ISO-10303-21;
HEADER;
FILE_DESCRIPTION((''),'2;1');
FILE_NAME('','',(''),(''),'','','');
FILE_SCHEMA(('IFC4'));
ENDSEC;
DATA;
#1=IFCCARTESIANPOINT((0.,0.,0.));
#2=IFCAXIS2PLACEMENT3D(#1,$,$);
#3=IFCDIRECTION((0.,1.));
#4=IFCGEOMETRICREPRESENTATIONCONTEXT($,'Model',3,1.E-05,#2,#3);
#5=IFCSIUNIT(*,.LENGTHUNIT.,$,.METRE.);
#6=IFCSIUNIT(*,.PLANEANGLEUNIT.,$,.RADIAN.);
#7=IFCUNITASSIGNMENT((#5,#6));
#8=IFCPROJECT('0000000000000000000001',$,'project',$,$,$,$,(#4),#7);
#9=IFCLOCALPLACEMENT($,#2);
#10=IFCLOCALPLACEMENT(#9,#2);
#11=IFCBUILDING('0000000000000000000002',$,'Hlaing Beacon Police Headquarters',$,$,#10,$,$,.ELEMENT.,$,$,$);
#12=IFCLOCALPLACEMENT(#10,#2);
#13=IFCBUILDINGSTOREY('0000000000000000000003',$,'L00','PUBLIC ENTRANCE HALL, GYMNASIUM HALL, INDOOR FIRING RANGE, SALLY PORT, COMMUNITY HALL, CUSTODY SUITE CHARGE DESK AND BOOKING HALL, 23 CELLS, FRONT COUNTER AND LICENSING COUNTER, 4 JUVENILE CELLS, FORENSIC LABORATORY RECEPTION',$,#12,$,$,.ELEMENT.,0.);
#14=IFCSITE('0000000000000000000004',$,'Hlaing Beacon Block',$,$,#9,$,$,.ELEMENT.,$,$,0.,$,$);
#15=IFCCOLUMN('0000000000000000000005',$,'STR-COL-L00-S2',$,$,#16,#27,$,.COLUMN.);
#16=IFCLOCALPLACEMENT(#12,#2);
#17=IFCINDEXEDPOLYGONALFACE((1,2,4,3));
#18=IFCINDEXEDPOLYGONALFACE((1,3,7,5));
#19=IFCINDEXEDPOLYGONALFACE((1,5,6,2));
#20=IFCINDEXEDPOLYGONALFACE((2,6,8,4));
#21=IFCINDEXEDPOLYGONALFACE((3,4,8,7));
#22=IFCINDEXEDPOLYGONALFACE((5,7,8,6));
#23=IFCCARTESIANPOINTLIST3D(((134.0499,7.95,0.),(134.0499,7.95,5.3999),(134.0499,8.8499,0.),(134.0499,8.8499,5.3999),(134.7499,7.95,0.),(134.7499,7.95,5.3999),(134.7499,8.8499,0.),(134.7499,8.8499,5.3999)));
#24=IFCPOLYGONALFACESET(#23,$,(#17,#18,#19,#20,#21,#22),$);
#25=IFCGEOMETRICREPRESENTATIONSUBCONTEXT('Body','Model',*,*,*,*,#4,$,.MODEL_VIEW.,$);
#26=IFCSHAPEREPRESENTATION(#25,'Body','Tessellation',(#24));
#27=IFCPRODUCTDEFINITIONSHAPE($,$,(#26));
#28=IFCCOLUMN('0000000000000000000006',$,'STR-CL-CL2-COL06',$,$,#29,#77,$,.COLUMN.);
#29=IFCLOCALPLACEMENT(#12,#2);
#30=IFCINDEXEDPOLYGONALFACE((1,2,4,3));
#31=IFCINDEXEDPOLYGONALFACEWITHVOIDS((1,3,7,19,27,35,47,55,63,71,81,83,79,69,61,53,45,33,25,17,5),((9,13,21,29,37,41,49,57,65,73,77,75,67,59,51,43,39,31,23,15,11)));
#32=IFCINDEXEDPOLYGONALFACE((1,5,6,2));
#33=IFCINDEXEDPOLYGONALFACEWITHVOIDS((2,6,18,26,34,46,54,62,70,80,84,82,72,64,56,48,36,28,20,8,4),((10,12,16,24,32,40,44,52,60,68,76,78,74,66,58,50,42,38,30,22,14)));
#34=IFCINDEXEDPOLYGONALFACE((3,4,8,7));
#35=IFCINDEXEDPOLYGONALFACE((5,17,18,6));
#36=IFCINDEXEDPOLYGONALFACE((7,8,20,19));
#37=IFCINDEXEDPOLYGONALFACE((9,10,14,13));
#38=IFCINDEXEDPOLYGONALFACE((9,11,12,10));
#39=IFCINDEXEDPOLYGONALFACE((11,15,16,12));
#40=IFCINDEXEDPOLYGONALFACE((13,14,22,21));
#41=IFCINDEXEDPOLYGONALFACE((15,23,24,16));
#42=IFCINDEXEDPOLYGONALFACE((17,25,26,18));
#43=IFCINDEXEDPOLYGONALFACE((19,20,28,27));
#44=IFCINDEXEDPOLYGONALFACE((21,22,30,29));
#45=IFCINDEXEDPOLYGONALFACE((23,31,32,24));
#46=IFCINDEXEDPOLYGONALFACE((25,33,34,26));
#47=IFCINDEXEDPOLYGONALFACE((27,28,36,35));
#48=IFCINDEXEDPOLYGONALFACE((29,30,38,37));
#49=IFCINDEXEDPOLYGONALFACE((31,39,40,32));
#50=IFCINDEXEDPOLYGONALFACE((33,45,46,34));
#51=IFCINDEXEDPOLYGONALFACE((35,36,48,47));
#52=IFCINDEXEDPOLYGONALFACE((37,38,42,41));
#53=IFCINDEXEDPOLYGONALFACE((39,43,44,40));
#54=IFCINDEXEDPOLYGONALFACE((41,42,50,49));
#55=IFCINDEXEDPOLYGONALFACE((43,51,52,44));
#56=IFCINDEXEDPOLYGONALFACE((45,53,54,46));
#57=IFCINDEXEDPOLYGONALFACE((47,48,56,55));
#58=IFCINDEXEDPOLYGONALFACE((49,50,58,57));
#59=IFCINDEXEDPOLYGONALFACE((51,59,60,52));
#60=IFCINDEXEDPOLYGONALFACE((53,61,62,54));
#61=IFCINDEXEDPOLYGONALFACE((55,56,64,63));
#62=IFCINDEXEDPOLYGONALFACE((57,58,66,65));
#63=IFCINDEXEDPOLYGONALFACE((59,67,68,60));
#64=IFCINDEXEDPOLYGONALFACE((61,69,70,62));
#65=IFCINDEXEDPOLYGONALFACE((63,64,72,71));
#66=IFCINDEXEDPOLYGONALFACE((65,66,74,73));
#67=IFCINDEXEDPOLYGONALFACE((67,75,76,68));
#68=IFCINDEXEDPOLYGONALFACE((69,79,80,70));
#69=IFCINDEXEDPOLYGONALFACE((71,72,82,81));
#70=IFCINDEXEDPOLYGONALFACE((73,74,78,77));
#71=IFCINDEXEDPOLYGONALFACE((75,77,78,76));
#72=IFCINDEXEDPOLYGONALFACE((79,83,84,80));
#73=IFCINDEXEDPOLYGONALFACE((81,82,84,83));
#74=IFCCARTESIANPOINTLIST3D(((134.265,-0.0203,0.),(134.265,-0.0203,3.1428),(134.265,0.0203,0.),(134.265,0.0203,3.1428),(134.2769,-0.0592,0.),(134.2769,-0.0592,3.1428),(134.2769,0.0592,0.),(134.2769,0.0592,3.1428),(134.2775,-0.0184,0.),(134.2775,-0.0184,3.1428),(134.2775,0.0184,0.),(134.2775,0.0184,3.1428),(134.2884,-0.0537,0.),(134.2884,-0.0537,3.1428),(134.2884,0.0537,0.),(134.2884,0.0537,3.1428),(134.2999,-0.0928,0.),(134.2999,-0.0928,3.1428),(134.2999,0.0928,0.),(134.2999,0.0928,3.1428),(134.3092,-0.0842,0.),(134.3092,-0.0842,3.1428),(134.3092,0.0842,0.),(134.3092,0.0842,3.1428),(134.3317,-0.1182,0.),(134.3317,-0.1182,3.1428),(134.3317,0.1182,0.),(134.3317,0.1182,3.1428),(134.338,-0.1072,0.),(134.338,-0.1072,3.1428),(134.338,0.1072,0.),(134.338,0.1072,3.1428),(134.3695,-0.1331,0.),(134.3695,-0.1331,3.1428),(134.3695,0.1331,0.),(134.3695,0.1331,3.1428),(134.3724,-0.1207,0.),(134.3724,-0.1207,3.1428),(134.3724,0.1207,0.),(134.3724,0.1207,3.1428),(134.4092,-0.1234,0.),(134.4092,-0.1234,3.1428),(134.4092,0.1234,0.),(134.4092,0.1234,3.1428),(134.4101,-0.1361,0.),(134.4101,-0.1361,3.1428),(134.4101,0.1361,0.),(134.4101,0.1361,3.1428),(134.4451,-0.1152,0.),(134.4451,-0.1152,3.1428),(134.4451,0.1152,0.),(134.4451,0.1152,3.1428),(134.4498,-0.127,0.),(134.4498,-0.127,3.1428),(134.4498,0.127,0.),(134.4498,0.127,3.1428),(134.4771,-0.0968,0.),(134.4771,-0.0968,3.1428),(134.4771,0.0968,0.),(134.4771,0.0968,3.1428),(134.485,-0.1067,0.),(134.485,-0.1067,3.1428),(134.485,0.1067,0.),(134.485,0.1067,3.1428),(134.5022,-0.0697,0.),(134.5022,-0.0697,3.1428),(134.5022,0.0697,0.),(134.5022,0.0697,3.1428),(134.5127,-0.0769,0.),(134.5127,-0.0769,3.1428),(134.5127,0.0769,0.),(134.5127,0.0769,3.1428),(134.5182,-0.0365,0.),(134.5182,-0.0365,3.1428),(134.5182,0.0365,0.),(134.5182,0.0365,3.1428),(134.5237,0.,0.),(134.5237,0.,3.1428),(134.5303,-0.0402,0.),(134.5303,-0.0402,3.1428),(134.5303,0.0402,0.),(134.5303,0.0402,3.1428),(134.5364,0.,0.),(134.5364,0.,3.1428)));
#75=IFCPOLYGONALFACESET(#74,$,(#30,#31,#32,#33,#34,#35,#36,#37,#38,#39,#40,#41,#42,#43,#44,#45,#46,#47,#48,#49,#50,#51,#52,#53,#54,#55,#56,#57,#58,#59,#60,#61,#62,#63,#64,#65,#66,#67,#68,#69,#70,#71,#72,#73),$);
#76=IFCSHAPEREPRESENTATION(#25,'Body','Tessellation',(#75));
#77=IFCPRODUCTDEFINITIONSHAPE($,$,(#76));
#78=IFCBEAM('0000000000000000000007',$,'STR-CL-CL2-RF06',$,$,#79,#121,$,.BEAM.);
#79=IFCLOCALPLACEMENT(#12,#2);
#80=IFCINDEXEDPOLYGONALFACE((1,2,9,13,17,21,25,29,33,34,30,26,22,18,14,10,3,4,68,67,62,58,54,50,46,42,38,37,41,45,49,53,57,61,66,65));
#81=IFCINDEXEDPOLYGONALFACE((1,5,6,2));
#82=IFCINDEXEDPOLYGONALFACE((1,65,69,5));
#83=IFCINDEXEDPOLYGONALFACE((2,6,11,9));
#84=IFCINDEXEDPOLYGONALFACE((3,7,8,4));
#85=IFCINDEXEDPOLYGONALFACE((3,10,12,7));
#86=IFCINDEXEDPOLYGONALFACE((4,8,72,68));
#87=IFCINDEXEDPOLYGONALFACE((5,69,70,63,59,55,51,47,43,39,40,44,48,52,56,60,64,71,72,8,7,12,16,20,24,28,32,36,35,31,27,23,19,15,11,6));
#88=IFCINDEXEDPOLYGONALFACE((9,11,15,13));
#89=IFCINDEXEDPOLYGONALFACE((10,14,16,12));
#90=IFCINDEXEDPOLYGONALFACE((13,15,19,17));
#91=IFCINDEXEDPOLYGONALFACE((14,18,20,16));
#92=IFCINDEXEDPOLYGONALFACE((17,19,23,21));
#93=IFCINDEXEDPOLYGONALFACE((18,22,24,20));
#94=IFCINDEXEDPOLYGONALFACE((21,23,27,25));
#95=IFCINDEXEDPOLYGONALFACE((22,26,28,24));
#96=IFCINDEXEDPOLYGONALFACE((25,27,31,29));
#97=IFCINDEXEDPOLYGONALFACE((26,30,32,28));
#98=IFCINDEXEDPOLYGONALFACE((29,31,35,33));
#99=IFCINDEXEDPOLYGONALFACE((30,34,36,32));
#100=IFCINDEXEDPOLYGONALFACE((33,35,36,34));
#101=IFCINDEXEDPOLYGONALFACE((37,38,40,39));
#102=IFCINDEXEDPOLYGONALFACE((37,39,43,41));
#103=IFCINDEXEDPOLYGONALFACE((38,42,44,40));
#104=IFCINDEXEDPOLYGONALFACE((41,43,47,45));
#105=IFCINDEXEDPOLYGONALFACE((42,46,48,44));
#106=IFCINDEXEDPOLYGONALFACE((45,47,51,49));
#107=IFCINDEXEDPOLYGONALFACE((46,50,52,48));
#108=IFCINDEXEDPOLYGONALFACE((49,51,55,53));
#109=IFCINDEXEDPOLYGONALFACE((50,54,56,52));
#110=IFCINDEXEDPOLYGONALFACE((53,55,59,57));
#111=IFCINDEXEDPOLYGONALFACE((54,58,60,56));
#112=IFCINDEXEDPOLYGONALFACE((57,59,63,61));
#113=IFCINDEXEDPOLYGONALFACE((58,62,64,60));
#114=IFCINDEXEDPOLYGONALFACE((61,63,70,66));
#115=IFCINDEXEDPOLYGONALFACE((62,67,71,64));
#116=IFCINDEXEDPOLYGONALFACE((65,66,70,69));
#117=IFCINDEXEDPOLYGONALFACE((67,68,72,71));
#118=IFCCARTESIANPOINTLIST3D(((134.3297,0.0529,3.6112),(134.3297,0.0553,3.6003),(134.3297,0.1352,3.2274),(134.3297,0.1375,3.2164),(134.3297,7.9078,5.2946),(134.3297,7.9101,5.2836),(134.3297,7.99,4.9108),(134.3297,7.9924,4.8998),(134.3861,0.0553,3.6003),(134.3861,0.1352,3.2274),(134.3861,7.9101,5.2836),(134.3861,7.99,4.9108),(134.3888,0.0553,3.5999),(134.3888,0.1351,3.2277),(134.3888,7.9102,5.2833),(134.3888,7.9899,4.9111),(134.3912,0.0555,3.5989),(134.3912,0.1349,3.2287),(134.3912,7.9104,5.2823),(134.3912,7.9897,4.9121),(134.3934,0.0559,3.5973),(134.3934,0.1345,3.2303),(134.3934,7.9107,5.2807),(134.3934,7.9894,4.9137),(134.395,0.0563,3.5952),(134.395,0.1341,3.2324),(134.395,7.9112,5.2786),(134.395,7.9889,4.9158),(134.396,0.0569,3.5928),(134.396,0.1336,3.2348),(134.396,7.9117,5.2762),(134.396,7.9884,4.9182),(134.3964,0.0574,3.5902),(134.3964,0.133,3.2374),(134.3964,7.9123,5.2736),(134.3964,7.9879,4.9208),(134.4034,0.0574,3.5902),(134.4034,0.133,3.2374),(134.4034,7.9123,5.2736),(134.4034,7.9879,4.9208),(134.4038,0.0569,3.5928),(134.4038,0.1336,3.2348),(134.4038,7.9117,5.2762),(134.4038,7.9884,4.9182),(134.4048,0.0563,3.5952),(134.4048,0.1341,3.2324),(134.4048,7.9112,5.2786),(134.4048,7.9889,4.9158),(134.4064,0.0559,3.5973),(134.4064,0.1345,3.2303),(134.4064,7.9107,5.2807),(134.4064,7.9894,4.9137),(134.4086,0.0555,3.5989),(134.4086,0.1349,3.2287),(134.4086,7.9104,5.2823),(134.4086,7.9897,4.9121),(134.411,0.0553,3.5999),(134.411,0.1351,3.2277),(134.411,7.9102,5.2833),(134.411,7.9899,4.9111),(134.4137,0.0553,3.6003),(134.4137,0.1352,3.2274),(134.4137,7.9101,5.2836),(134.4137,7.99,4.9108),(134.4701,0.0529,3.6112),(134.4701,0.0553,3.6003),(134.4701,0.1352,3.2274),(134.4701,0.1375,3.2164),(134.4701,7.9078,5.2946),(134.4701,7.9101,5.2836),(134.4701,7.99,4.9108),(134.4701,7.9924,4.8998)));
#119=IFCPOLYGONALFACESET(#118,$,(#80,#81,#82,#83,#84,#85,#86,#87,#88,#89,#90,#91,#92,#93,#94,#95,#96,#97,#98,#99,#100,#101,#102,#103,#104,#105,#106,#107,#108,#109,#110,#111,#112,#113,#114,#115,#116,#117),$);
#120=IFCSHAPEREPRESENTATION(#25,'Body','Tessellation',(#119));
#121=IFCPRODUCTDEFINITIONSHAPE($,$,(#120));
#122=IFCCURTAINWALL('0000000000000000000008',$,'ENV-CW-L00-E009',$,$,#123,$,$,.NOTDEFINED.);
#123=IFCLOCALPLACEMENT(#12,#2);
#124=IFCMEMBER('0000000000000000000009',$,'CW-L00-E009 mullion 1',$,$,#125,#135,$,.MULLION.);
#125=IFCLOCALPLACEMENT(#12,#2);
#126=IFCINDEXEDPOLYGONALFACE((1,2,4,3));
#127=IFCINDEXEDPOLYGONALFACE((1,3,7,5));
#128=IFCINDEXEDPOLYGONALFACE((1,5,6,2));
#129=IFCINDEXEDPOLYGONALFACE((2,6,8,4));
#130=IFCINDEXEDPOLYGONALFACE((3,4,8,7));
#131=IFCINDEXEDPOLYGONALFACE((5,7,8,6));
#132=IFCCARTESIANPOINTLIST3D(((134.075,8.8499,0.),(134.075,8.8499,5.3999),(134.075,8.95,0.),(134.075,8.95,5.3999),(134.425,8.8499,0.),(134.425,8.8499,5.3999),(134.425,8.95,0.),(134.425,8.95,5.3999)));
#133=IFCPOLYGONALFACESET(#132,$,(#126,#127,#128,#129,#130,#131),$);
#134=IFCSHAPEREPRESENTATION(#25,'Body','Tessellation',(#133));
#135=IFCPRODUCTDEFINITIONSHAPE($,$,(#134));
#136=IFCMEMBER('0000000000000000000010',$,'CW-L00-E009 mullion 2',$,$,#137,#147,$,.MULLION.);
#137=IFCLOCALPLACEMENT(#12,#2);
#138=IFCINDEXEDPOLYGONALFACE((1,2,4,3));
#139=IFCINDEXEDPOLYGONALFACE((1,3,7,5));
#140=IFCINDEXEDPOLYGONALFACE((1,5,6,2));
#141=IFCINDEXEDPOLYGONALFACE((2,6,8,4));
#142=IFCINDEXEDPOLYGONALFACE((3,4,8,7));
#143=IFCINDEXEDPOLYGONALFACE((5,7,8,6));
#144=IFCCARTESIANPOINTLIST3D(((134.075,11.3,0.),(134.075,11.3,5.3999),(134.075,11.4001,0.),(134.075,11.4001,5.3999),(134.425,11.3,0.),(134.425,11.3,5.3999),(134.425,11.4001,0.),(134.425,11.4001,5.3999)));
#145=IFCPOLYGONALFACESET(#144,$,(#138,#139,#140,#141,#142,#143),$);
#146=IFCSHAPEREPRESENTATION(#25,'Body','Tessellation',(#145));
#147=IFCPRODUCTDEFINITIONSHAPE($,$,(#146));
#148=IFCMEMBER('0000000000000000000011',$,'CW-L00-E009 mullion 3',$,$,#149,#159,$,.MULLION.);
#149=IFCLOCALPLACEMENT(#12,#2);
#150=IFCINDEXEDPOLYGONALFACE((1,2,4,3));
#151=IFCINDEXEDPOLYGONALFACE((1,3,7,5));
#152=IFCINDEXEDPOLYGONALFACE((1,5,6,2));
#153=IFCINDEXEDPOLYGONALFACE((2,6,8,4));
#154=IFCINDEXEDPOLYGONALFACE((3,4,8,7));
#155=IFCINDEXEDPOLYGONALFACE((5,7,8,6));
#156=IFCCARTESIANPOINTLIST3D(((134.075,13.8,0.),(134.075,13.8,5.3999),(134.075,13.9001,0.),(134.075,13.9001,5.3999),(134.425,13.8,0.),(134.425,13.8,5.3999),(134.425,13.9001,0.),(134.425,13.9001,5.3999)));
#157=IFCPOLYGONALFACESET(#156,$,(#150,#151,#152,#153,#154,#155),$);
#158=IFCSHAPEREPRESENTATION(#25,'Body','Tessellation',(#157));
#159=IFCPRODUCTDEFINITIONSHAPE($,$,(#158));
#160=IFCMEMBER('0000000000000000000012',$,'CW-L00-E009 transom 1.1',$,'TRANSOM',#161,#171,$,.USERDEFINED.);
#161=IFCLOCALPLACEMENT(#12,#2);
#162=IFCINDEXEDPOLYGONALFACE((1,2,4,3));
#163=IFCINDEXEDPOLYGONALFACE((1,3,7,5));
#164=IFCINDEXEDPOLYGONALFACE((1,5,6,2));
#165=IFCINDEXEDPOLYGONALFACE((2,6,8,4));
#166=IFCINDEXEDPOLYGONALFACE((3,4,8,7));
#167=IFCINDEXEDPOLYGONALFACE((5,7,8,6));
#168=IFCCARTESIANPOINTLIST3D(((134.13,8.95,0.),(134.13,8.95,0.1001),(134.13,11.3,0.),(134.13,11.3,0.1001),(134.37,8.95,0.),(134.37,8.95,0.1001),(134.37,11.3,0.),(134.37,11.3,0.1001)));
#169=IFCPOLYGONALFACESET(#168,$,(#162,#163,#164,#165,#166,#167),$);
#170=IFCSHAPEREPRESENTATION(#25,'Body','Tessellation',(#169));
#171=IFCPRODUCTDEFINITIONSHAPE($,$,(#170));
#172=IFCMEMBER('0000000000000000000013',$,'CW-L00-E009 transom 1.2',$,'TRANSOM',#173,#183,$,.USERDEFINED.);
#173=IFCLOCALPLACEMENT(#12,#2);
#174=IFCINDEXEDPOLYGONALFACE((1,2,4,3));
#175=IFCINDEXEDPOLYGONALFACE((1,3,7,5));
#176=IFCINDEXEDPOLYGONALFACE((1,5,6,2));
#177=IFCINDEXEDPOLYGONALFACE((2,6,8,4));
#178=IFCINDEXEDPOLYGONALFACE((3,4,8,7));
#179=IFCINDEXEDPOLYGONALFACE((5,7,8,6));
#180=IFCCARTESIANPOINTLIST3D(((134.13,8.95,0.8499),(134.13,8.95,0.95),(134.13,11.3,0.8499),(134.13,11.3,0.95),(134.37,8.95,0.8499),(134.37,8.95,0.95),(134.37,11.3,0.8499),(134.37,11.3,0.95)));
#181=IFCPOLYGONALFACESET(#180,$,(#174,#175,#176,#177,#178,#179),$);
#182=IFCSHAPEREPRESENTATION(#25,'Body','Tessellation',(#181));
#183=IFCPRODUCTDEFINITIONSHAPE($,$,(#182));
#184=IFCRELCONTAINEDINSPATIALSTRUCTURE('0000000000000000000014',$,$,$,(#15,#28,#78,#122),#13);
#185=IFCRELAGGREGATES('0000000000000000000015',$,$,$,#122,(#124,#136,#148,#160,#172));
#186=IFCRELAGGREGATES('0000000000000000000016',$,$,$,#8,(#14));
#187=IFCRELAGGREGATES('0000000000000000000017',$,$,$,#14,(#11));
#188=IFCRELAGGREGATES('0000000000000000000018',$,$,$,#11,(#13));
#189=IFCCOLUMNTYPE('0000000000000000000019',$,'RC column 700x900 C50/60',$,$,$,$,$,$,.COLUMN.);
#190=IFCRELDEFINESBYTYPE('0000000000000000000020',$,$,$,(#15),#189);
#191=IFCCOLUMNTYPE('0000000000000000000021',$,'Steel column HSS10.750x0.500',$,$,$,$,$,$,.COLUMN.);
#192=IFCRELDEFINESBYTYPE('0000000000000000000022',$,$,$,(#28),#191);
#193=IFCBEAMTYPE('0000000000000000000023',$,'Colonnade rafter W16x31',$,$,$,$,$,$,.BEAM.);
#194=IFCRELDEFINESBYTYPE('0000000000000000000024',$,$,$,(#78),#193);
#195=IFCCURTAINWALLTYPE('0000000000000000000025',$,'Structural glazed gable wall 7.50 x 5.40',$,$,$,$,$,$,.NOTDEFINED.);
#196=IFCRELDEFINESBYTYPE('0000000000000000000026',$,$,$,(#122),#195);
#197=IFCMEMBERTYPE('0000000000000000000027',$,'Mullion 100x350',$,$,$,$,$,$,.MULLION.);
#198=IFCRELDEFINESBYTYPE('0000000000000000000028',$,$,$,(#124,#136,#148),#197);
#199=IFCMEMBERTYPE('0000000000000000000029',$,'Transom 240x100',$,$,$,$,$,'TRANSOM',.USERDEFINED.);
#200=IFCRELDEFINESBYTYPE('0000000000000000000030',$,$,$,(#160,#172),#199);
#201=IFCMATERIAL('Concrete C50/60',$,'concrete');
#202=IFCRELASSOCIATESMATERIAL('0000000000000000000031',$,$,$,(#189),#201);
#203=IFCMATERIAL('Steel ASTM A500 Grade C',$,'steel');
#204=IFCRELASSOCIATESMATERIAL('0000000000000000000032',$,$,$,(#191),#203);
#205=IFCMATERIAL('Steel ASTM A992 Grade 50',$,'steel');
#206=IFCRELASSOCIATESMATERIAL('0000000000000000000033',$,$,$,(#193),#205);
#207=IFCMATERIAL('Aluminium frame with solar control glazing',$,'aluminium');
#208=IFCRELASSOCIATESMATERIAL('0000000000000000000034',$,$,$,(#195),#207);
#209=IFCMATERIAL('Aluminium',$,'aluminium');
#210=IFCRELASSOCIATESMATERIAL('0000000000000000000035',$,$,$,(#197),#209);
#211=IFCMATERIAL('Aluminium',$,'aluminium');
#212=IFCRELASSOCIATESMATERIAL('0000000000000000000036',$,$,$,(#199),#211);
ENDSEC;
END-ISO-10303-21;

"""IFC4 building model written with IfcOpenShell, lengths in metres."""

from ifc_helpers import new_model, si_unit, direction, frame, origin, origin_2d, place, context, subcontext, project, spatial, rectangle, hollow_circle, i_section, extrude, material, material_profile, profile_set, type_object, element, aggregate, save


model = new_model("IFC4")

# Units and contexts
model_context = context("Model", 3, precision=1e-05, world=origin(), true_north=direction((0.0, 1.0)))
body_context = subcontext(model_context, "Body", "Model", "MODEL_VIEW")
ifc_project = project(units=[si_unit("LENGTHUNIT", "METRE"), si_unit("PLANEANGLEUNIT", "RADIAN")], contexts=[model_context])

# Site, building, storey
site_placement = place(None, origin())
site = spatial("IfcSite", under=ifc_project, at=site_placement, Name="Hlaing Beacon Block", CompositionType="ELEMENT", RefElevation=0.0)
building_placement = place(site_placement, origin())
building = spatial("IfcBuilding", under=site, at=building_placement, Name="Hlaing Beacon Police Headquarters", CompositionType="ELEMENT")
storey_placement = place(building_placement, origin())
storey = spatial("IfcBuildingStorey", under=building, at=storey_placement, Name="L00", Description="PUBLIC ENTRANCE HALL, GYMNASIUM HALL, INDOOR FIRING RANGE, SALLY PORT, COMMUNITY HALL, CUSTODY SUITE CHARGE DESK AND BOOKING HALL, 23 CELLS, FRONT COUNTER AND LICENSING COUNTER, 4 JUVENILE CELLS, FORENSIC LABORATORY RECEPTION", CompositionType="ELEMENT", Elevation=0.0)

# Columns
ifc_material_1 = material(Name="Concrete C50/60", Category="concrete")
ifc_material_profile_1 = material_profile(ifc_material_1, rectangle(XDim=0.7, YDim=0.8999, at=origin_2d()), Name="700x900")
ifc_profile_set_1 = profile_set([ifc_material_profile_1], Name="Concrete C50/60")
column_type_1 = type_object("IfcColumnType", Name="RC column 700x900 C50/60", PredefinedType="COLUMN", material=ifc_profile_set_1)
column_1_placement = place(storey_placement, frame((134.3999, 8.3999, 0.0), z_axis=(0.0, 0.0, 1.0), x_axis=(1.0, 0.0, 0.0)))
element("IfcColumn", 1, at=column_1_placement, inside=storey, type_object=column_type_1, Name="STR-COL-L00-S2", PredefinedType="COLUMN", context=body_context, shape_type="SweptSolid", body=[
    extrude(rectangle(XDim=0.7, YDim=0.8999, at=origin_2d()), origin(), (0.0, 0.0, 1.0), 5.3999),
])
ifc_material_2 = material(Name="Steel ASTM A500 Grade C", Category="steel")
ifc_material_profile_2 = material_profile(ifc_material_2, hollow_circle(Radius=0.1365, WallThickness=0.0127, at=origin_2d()), Name="HSS10.750x0.500")
ifc_profile_set_2 = profile_set([ifc_material_profile_2], Name="Steel ASTM A500 Grade C")
column_type_2 = type_object("IfcColumnType", Name="Steel column HSS10.750x0.500", PredefinedType="COLUMN", material=ifc_profile_set_2)
column_2_placement = place(storey_placement, frame((134.3999, 0.0, 0.0), z_axis=(0.0, 0.0, 1.0), x_axis=(1.0, 0.0, 0.0)))
element("IfcColumn", 2, at=column_2_placement, inside=storey, type_object=column_type_2, Name="STR-CL-CL2-COL06", PredefinedType="COLUMN", context=body_context, shape_type="SweptSolid", body=[
    extrude(hollow_circle(Radius=0.1365, WallThickness=0.0127, at=origin_2d()), origin(), (0.0, 0.0, 1.0), 3.1428),
])

# Beam
ifc_material_3 = material(Name="Steel ASTM A992 Grade 50", Category="steel")
ifc_material_profile_3 = material_profile(ifc_material_3, i_section(OverallWidth=0.1404, OverallDepth=0.4038, WebThickness=0.0071, FlangeThickness=0.0112, FilletRadius=0.0103, at=origin_2d()), Name="W16x31")
ifc_profile_set_3 = profile_set([ifc_material_profile_3], Name="Steel ASTM A992 Grade 50")
beam_type = type_object("IfcBeamType", Name="Colonnade rafter W16x31", PredefinedType="BEAM", material=ifc_profile_set_3)
beam_placement = place(storey_placement, frame((134.3999, 0.0952, 3.4138), z_axis=(0.0, 0.977798, 0.209552), x_axis=(-1.0, 0.0, 0.0)))
element("IfcBeam", 3, at=beam_placement, inside=storey, type_object=beam_type, Name="STR-CL-CL2-RF06", PredefinedType="BEAM", context=body_context, shape_type="SweptSolid", body=[
    extrude(i_section(OverallWidth=0.1404, OverallDepth=0.4038, WebThickness=0.0071, FlangeThickness=0.0112, FilletRadius=0.0103, at=origin_2d()), origin(), (0.0, 0.0, 1.0), 8.0332),
])

# Curtain wall, members
ifc_material_4 = material(Name="Aluminium frame with solar control glazing", Category="aluminium")
curtain_wall_type = type_object("IfcCurtainWallType", Name="Structural glazed gable wall 7.50 x 5.40", PredefinedType="NOTDEFINED", material=ifc_material_4)
curtain_wall_placement = place(storey_placement, origin())
curtain_wall = element("IfcCurtainWall", 4, at=curtain_wall_placement, inside=storey, type_object=curtain_wall_type, Name="ENV-CW-L00-E009", PredefinedType="NOTDEFINED")
ifc_material_5 = material(Name="Aluminium", Category="aluminium")
ifc_material_profile_4 = material_profile(ifc_material_5, rectangle(XDim=0.3501, YDim=0.1001, at=origin_2d()), Name="Mullion 100x350")
ifc_profile_set_4 = profile_set([ifc_material_profile_4], Name="Aluminium")
member_type_1 = type_object("IfcMemberType", Name="Mullion 100x350", PredefinedType="MULLION", material=ifc_profile_set_4)
member_1_placement = place(storey_placement, frame((134.25, 8.8999, 0.0), z_axis=(0.0, 0.0, 1.0), x_axis=(-1.0, 0.0, 0.0)))
member_1 = element("IfcMember", 5, at=member_1_placement, type_object=member_type_1, Name="CW-L00-E009 mullion 1", PredefinedType="MULLION", context=body_context, shape_type="SweptSolid", body=[
    extrude(rectangle(XDim=0.3501, YDim=0.1001, at=origin_2d()), origin(), (0.0, 0.0, 1.0), 5.3999),
])
member_2_placement = place(storey_placement, frame((134.25, 11.3501, 0.0), z_axis=(0.0, 0.0, 1.0), x_axis=(-1.0, 0.0, 0.0)))
member_2 = element("IfcMember", 6, at=member_2_placement, type_object=member_type_1, Name="CW-L00-E009 mullion 2", PredefinedType="MULLION", context=body_context, shape_type="SweptSolid", body=[
    extrude(rectangle(XDim=0.3501, YDim=0.1001, at=origin_2d()), origin(), (0.0, 0.0, 1.0), 5.3999),
])
member_3_placement = place(storey_placement, frame((134.25, 13.8501, 0.0), z_axis=(0.0, 0.0, 1.0), x_axis=(-1.0, 0.0, 0.0)))
member_3 = element("IfcMember", 7, at=member_3_placement, type_object=member_type_1, Name="CW-L00-E009 mullion 3", PredefinedType="MULLION", context=body_context, shape_type="SweptSolid", body=[
    extrude(rectangle(XDim=0.3501, YDim=0.1001, at=origin_2d()), origin(), (0.0, 0.0, 1.0), 5.3999),
])
ifc_material_6 = material(Name="Aluminium", Category="aluminium")
ifc_material_profile_5 = material_profile(ifc_material_6, rectangle(XDim=0.24, YDim=0.1001, at=origin_2d()), Name="Transom 240x100")
ifc_profile_set_5 = profile_set([ifc_material_profile_5], Name="Aluminium")
member_type_2 = type_object("IfcMemberType", Name="Transom 240x100", ElementType="TRANSOM", PredefinedType="USERDEFINED", material=ifc_profile_set_5)
member_4_placement = place(storey_placement, frame((134.25, 8.95, 0.05), z_axis=(0.0, 1.0, 0.0), x_axis=(-1.0, 0.0, 0.0)))
member_4 = element("IfcMember", 8, at=member_4_placement, type_object=member_type_2, Name="CW-L00-E009 transom 1.1", ObjectType="TRANSOM", PredefinedType="USERDEFINED", context=body_context, shape_type="SweptSolid", body=[
    extrude(rectangle(XDim=0.24, YDim=0.1001, at=origin_2d()), origin(), (0.0, 0.0, 1.0), 2.3501),
])
member_5_placement = place(storey_placement, frame((134.25, 8.95, 0.8999), z_axis=(0.0, 1.0, 0.0), x_axis=(-1.0, 0.0, 0.0)))
member_5 = element("IfcMember", 9, at=member_5_placement, type_object=member_type_2, Name="CW-L00-E009 transom 1.2", ObjectType="TRANSOM", PredefinedType="USERDEFINED", context=body_context, shape_type="SweptSolid", body=[
    extrude(rectangle(XDim=0.24, YDim=0.1001, at=origin_2d()), origin(), (0.0, 0.0, 1.0), 2.3501),
])
aggregate(curtain_wall, [member_1, member_2, member_3, member_4, member_5])

save(model, "model.ifc")
